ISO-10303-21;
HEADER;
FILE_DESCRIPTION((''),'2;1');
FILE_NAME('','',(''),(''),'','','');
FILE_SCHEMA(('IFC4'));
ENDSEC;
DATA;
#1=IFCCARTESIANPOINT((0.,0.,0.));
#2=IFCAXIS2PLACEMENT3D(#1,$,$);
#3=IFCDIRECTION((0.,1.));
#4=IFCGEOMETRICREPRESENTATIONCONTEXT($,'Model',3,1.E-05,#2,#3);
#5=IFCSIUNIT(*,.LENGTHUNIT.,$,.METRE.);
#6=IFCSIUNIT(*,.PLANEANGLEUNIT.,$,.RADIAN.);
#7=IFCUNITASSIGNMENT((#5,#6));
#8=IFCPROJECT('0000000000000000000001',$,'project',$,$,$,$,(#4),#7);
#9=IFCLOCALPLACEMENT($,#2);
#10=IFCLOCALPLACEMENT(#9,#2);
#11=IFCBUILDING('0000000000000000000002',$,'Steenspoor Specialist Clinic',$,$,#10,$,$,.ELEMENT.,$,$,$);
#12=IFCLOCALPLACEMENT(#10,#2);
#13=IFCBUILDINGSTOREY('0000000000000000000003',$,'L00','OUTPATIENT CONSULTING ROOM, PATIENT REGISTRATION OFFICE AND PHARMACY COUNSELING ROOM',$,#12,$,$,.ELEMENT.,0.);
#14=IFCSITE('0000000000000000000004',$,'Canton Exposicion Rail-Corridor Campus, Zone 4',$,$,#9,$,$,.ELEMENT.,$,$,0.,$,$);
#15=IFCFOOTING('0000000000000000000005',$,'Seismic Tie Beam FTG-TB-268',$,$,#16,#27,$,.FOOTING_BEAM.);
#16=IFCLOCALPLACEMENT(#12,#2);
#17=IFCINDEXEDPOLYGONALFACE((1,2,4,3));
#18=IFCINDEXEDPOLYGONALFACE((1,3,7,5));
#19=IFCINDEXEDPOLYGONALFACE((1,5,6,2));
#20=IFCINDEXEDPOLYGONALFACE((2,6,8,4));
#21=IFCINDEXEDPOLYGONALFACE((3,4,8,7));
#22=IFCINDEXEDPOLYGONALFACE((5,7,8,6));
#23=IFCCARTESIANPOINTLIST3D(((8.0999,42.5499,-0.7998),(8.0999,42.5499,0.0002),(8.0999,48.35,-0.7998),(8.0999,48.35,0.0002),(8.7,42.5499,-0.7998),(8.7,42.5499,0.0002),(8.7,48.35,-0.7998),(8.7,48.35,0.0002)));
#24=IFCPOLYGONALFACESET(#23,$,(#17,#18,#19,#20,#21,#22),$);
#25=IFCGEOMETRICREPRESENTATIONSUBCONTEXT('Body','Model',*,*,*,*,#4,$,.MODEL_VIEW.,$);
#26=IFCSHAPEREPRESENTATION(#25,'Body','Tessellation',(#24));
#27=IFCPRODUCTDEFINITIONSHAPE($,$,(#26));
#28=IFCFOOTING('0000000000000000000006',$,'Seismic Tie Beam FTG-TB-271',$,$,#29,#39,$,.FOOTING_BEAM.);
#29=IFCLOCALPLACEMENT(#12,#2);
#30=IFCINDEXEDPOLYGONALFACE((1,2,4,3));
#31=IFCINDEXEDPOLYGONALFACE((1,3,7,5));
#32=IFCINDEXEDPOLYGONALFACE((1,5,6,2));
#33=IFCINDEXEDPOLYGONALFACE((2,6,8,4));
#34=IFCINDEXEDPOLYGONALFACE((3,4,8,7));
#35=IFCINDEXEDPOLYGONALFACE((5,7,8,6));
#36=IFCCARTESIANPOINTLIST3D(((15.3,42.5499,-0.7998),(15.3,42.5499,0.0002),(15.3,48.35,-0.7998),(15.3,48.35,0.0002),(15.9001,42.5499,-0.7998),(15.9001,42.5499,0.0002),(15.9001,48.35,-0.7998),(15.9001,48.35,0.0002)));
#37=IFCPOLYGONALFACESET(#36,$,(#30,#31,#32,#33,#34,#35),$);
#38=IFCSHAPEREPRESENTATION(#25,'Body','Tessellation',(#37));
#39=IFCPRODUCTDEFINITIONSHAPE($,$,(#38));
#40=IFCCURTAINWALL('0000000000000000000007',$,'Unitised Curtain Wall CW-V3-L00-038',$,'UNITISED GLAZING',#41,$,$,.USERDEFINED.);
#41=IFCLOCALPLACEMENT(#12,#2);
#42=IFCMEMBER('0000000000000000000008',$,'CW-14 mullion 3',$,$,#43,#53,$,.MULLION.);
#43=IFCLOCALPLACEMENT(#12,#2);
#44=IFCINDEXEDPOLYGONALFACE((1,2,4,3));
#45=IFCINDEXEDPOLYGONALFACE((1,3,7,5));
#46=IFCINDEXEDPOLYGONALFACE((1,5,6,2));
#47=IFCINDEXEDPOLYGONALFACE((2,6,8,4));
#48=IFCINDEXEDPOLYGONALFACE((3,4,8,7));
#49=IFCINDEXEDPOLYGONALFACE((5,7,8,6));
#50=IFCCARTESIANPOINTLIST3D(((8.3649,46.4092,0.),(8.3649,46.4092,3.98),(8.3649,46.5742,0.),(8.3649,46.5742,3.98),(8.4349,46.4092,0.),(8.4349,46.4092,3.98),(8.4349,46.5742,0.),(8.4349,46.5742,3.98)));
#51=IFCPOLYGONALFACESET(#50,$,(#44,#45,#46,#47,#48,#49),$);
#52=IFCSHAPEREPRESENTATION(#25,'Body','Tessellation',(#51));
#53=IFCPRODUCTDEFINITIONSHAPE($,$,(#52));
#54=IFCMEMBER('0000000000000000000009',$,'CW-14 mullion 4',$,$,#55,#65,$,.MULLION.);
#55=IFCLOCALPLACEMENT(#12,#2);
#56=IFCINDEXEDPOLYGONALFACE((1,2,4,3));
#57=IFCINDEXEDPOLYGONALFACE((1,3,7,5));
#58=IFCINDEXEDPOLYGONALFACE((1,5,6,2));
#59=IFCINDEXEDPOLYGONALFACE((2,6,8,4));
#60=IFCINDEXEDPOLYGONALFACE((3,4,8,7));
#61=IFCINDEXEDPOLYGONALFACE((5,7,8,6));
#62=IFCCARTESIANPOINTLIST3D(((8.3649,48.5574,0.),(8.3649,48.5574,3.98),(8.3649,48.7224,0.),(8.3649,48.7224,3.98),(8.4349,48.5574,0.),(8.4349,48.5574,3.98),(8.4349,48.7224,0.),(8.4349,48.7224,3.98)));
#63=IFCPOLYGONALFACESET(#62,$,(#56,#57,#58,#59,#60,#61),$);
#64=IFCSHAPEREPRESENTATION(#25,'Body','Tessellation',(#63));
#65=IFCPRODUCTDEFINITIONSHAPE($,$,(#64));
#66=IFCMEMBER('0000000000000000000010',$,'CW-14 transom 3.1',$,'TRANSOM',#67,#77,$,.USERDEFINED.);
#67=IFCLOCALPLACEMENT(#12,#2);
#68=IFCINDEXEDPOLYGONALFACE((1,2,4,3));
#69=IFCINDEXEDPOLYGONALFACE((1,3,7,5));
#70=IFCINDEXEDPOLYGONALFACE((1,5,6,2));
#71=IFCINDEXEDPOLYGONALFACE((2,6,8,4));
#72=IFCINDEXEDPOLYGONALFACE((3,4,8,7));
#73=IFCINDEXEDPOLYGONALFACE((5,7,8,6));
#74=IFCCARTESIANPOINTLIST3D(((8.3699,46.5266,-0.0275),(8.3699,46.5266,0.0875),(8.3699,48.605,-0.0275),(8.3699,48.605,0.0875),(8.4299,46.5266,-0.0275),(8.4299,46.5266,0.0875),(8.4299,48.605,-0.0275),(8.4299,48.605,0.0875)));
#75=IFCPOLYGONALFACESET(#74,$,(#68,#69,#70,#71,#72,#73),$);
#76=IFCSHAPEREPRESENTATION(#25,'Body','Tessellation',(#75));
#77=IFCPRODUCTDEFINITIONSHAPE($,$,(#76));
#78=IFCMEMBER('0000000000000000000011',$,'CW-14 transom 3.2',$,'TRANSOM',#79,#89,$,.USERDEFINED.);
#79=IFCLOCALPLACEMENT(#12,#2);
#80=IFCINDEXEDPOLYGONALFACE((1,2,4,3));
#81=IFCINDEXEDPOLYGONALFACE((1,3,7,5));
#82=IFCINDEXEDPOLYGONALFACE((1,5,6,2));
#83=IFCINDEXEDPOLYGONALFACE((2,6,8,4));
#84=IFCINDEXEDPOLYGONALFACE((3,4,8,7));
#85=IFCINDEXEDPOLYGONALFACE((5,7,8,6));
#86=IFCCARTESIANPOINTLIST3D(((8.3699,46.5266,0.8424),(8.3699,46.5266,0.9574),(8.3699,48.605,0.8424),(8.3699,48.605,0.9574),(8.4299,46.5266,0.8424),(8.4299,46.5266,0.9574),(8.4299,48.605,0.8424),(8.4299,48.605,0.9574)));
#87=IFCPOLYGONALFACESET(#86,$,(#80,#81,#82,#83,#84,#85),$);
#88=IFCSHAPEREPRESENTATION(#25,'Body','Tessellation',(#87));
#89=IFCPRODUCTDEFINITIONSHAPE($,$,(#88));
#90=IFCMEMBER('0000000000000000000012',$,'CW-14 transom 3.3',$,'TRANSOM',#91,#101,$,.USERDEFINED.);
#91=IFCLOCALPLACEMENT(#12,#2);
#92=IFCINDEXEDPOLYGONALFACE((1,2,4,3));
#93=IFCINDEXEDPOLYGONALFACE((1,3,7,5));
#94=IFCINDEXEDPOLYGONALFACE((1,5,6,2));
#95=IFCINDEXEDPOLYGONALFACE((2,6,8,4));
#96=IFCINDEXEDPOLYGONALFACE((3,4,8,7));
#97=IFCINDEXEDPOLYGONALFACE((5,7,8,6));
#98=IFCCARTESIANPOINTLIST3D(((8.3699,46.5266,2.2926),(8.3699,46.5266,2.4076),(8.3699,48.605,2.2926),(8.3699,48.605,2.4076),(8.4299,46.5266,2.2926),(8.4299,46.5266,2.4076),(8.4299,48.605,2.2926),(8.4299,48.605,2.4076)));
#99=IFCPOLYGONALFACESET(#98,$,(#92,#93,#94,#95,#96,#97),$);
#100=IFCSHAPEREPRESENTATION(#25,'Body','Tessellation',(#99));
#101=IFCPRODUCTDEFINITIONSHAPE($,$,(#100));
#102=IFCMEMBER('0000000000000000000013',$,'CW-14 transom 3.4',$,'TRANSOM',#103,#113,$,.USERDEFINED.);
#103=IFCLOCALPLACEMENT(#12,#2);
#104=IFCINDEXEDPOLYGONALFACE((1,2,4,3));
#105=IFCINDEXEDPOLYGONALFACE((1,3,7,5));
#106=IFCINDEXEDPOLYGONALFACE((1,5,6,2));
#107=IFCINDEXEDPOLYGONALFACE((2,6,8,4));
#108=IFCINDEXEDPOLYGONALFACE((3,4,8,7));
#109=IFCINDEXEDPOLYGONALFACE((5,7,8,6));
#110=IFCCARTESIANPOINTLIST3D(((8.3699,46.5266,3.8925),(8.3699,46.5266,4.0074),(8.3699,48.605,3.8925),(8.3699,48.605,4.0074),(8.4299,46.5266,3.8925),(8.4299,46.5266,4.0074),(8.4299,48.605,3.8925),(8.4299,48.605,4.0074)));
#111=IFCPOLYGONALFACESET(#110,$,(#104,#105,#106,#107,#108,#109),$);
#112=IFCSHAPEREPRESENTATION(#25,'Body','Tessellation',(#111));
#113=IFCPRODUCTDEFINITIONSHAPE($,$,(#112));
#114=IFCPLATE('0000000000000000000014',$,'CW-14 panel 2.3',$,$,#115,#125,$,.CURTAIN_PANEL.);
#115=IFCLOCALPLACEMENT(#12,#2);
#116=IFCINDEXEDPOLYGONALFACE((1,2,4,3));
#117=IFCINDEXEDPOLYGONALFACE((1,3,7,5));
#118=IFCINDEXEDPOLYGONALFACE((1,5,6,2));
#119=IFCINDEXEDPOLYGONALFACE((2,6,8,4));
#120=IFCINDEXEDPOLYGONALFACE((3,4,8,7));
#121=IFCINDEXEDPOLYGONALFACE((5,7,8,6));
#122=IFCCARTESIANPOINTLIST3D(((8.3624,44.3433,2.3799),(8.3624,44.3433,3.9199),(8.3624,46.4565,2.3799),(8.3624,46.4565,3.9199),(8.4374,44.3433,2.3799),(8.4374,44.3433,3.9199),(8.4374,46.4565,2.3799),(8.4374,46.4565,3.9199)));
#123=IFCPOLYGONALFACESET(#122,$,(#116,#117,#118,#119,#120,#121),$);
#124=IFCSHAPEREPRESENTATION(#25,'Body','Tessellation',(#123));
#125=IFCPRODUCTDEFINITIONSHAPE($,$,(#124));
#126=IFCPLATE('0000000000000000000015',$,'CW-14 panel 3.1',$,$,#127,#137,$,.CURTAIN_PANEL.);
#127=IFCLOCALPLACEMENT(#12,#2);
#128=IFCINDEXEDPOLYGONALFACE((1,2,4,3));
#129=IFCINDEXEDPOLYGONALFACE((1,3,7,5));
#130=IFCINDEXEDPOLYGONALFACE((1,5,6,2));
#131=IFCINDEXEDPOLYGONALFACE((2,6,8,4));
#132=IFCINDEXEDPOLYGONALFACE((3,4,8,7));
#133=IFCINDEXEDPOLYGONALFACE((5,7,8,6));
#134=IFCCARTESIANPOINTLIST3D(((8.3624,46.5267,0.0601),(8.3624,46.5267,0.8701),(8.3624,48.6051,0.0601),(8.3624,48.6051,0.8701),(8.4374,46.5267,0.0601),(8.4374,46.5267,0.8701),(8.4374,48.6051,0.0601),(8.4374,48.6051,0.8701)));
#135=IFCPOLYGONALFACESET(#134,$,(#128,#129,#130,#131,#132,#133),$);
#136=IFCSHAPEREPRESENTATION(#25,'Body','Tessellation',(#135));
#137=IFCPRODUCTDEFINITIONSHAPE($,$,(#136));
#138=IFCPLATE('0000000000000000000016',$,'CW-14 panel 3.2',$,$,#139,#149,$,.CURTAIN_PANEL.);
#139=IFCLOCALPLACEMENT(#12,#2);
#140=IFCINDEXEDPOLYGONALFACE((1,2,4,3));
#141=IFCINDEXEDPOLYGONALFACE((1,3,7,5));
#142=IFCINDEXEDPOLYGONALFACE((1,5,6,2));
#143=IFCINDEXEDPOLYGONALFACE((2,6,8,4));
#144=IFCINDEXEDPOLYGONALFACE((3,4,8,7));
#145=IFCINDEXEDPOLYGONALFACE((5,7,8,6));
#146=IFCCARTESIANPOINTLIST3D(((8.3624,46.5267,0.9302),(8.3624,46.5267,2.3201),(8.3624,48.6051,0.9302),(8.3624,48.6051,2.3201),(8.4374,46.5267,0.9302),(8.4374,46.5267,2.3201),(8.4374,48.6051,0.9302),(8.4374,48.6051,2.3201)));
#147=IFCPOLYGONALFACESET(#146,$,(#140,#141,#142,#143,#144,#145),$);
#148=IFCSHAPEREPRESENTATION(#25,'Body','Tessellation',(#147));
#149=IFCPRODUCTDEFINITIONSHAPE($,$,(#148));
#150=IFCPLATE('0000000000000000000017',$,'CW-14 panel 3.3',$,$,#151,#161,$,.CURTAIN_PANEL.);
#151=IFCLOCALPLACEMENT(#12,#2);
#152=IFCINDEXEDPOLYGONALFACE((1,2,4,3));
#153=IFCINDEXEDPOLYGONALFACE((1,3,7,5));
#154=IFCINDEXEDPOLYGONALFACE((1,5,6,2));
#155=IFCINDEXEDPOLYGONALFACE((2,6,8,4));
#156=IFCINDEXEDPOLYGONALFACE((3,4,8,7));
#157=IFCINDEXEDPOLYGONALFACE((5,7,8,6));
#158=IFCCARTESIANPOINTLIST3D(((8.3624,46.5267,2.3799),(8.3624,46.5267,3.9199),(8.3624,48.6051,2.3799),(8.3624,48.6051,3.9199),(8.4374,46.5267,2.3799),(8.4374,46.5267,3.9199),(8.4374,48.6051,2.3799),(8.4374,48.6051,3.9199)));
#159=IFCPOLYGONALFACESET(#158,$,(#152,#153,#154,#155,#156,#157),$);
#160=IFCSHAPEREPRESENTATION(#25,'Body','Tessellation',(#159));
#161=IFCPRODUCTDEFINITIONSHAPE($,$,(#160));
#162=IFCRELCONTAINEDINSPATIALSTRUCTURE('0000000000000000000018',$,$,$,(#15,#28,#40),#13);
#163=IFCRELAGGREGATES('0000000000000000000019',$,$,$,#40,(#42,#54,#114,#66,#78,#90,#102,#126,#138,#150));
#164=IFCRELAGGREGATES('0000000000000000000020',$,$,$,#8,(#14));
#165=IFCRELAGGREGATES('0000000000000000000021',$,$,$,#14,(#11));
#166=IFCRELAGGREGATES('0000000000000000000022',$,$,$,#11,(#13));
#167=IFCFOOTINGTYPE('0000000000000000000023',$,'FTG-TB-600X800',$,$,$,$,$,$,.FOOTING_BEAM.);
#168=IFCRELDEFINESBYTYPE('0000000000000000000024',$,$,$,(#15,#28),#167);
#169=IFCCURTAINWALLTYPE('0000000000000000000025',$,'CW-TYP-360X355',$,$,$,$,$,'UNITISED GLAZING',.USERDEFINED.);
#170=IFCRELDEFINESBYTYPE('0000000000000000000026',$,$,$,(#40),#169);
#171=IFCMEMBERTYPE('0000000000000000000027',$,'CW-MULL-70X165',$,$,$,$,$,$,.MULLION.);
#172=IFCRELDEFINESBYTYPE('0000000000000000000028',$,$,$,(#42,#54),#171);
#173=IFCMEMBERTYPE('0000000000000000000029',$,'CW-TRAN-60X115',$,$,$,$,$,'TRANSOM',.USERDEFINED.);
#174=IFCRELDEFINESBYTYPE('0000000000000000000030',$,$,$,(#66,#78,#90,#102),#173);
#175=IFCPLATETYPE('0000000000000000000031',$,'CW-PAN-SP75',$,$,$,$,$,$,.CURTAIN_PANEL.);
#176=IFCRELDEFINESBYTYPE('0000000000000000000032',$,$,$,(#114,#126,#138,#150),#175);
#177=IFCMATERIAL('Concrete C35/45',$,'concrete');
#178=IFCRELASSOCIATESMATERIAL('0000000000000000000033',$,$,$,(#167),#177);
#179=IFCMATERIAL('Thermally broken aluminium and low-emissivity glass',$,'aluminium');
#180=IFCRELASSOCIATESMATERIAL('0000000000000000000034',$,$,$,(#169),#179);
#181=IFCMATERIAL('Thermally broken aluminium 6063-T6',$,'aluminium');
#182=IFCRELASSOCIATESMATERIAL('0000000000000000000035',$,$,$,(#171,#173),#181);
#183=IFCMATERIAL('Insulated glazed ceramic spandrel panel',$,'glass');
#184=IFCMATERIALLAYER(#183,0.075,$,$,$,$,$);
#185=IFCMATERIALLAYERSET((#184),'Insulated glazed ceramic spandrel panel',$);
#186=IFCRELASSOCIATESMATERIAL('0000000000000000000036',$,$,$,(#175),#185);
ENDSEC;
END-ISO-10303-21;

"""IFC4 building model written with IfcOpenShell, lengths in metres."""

from ifc_helpers import new_model, si_unit, direction, frame, origin, origin_2d, place, context, subcontext, project, spatial, rectangle, extrude, material, layer, layer_set, material_profile, profile_set, type_object, element, aggregate, save


model = new_model("IFC4")

# Units and contexts
model_context = context("Model", 3, precision=1e-05, world=origin(), true_north=direction((0.0, 1.0)))
body_context = subcontext(model_context, "Body", "Model", "MODEL_VIEW")
ifc_project = project(units=[si_unit("LENGTHUNIT", "METRE"), si_unit("PLANEANGLEUNIT", "RADIAN")], contexts=[model_context])

# Site, building, storey
site_placement = place(None, origin())
site = spatial("IfcSite", under=ifc_project, at=site_placement, Name="Canton Exposicion Rail-Corridor Campus, Zone 4", CompositionType="ELEMENT", RefElevation=0.0)
building_placement = place(site_placement, origin())
building = spatial("IfcBuilding", under=site, at=building_placement, Name="Steenspoor Specialist Clinic", CompositionType="ELEMENT")
storey_placement = place(building_placement, origin())
storey = spatial("IfcBuildingStorey", under=building, at=storey_placement, Name="L00", Description="OUTPATIENT CONSULTING ROOM, PATIENT REGISTRATION OFFICE AND PHARMACY COUNSELING ROOM", CompositionType="ELEMENT", Elevation=0.0)

# Footings
ifc_material_1 = material(Name="Concrete C35/45", Category="concrete")
footing_type = type_object("IfcFootingType", Name="FTG-TB-600X800", PredefinedType="FOOTING_BEAM", material=ifc_material_1)
for number, where, z_axis, x_axis, name in (
    (1, (8.3999, 45.45, -0.7998), (0.0, 0.0, 1.0), (1.0, 0.0, 0.0), "Seismic Tie Beam FTG-TB-268"),
    (2, (15.6001, 45.45, -0.7998), (0.0, 0.0, 1.0), (1.0, 0.0, 0.0), "Seismic Tie Beam FTG-TB-271"),
):
    element("IfcFooting", number, at=place(storey_placement, frame(where, z_axis=z_axis, x_axis=x_axis)), inside=storey, type_object=footing_type, Name=name, PredefinedType="FOOTING_BEAM", context=body_context, shape_type="SweptSolid", body=[
        extrude(rectangle(XDim=0.6001, YDim=5.8, at=origin_2d()), origin(), (0.0, 0.0, 1.0), 0.8),
    ])

# Curtain wall, members, plates
ifc_material_2 = material(Name="Thermally broken aluminium and low-emissivity glass", Category="aluminium")
curtain_wall_type = type_object("IfcCurtainWallType", Name="CW-TYP-360X355", ElementType="UNITISED GLAZING", PredefinedType="USERDEFINED", material=ifc_material_2)
curtain_wall_placement = place(storey_placement, origin())
curtain_wall = element("IfcCurtainWall", 3, at=curtain_wall_placement, inside=storey, type_object=curtain_wall_type, Name="Unitised Curtain Wall CW-V3-L00-038", ObjectType="UNITISED GLAZING", PredefinedType="USERDEFINED")
ifc_material_3 = material(Name="Thermally broken aluminium 6063-T6", Category="aluminium")
ifc_material_profile_1 = material_profile(ifc_material_3, rectangle(XDim=0.0701, YDim=0.165, at=origin_2d()), Name="CWM-70X165")
ifc_profile_set_1 = profile_set([ifc_material_profile_1], Name="Thermally broken aluminium 6063-T6")
member_type_1 = type_object("IfcMemberType", Name="CW-MULL-70X165", PredefinedType="MULLION", material=ifc_profile_set_1)
member_1_placement = place(storey_placement, frame((8.3999, 46.4917, 0.0), z_axis=(0.0, 0.0, 1.0), x_axis=(-1.0, 0.0, 0.0)))
member_1 = element("IfcMember", 4, at=member_1_placement, type_object=member_type_1, Name="CW-14 mullion 3", PredefinedType="MULLION", context=body_context, shape_type="SweptSolid", body=[
    extrude(rectangle(XDim=0.0701, YDim=0.165, at=origin_2d()), origin(), (0.0, 0.0, 1.0), 3.98),
])
member_2_placement = place(storey_placement, frame((8.3999, 48.6399, 0.0), z_axis=(0.0, 0.0, 1.0), x_axis=(-1.0, 0.0, 0.0)))
member_2 = element("IfcMember", 5, at=member_2_placement, type_object=member_type_1, Name="CW-14 mullion 4", PredefinedType="MULLION", context=body_context, shape_type="SweptSolid", body=[
    extrude(rectangle(XDim=0.0701, YDim=0.165, at=origin_2d()), origin(), (0.0, 0.0, 1.0), 3.98),
])
ifc_material_profile_2 = material_profile(ifc_material_3, rectangle(XDim=0.0601, YDim=0.115, at=origin_2d()), Name="CWT-60X115")
ifc_profile_set_2 = profile_set([ifc_material_profile_2], Name="Thermally broken aluminium 6063-T6")
member_type_2 = type_object("IfcMemberType", Name="CW-TRAN-60X115", ElementType="TRANSOM", PredefinedType="USERDEFINED", material=ifc_profile_set_2)
member_3_placement = place(storey_placement, frame((8.3999, 46.5266, 0.03), z_axis=(0.0, 1.0, 0.0), x_axis=(-1.0, 0.0, 0.0)))
member_3 = element("IfcMember", 6, at=member_3_placement, type_object=member_type_2, Name="CW-14 transom 3.1", ObjectType="TRANSOM", PredefinedType="USERDEFINED", context=body_context, shape_type="SweptSolid", body=[
    extrude(rectangle(XDim=0.0601, YDim=0.115, at=origin_2d()), origin(), (0.0, 0.0, 1.0), 2.0784),
])
member_4_placement = place(storey_placement, frame((8.3999, 46.5266, 0.8999), z_axis=(0.0, 1.0, 0.0), x_axis=(-1.0, 0.0, 0.0)))
member_4 = element("IfcMember", 7, at=member_4_placement, type_object=member_type_2, Name="CW-14 transom 3.2", ObjectType="TRANSOM", PredefinedType="USERDEFINED", context=body_context, shape_type="SweptSolid", body=[
    extrude(rectangle(XDim=0.0601, YDim=0.115, at=origin_2d()), origin(), (0.0, 0.0, 1.0), 2.0784),
])
member_5_placement = place(storey_placement, frame((8.3999, 46.5266, 2.3501), z_axis=(0.0, 1.0, 0.0), x_axis=(-1.0, 0.0, 0.0)))
member_5 = element("IfcMember", 8, at=member_5_placement, type_object=member_type_2, Name="CW-14 transom 3.3", ObjectType="TRANSOM", PredefinedType="USERDEFINED", context=body_context, shape_type="SweptSolid", body=[
    extrude(rectangle(XDim=0.0601, YDim=0.115, at=origin_2d()), origin(), (0.0, 0.0, 1.0), 2.0784),
])
member_6_placement = place(storey_placement, frame((8.3999, 46.5266, 3.95), z_axis=(0.0, 1.0, 0.0), x_axis=(-1.0, 0.0, 0.0)))
member_6 = element("IfcMember", 9, at=member_6_placement, type_object=member_type_2, Name="CW-14 transom 3.4", ObjectType="TRANSOM", PredefinedType="USERDEFINED", context=body_context, shape_type="SweptSolid", body=[
    extrude(rectangle(XDim=0.0601, YDim=0.115, at=origin_2d()), origin(), (0.0, 0.0, 1.0), 2.0784),
])
ifc_material_4 = material(Name="Insulated glazed ceramic spandrel panel", Category="glass")
ifc_layer_1 = layer(ifc_material_4, 0.075)
ifc_layer_set_1 = layer_set([ifc_layer_1], Name="Insulated glazed ceramic spandrel panel")
plate_type = type_object("IfcPlateType", Name="CW-PAN-SP75", PredefinedType="CURTAIN_PANEL", material=ifc_layer_set_1)
plate_1_placement = place(storey_placement, frame((8.3999, 45.3999, 2.3799), z_axis=(0.0, 0.0, 1.0), x_axis=(0.0, 1.0, 0.0)))
plate_1 = element("IfcPlate", 10, at=plate_1_placement, type_object=plate_type, Name="CW-14 panel 2.3", PredefinedType="CURTAIN_PANEL", context=body_context, shape_type="SweptSolid", body=[
    extrude(rectangle(XDim=2.1133, YDim=0.075, at=origin_2d()), origin(), (0.0, 0.0, 1.0), 1.54),
])
plate_2_placement = place(storey_placement, frame((8.3999, 47.5659, 0.0601), z_axis=(0.0, 0.0, 1.0), x_axis=(0.0, 1.0, 0.0)))
plate_2 = element("IfcPlate", 11, at=plate_2_placement, type_object=plate_type, Name="CW-14 panel 3.1", PredefinedType="CURTAIN_PANEL", context=body_context, shape_type="SweptSolid", body=[
    extrude(rectangle(XDim=2.0784, YDim=0.075, at=origin_2d()), origin(), (0.0, 0.0, 1.0), 0.8101),
])
plate_3_placement = place(storey_placement, frame((8.3999, 47.5659, 0.9302), z_axis=(0.0, 0.0, 1.0), x_axis=(0.0, 1.0, 0.0)))
plate_3 = element("IfcPlate", 12, at=plate_3_placement, type_object=plate_type, Name="CW-14 panel 3.2", PredefinedType="CURTAIN_PANEL", context=body_context, shape_type="SweptSolid", body=[
    extrude(rectangle(XDim=2.0784, YDim=0.075, at=origin_2d()), origin(), (0.0, 0.0, 1.0), 1.3899),
])
plate_4_placement = place(storey_placement, frame((8.3999, 47.5659, 2.3799), z_axis=(0.0, 0.0, 1.0), x_axis=(0.0, 1.0, 0.0)))
plate_4 = element("IfcPlate", 13, at=plate_4_placement, type_object=plate_type, Name="CW-14 panel 3.3", PredefinedType="CURTAIN_PANEL", context=body_context, shape_type="SweptSolid", body=[
    extrude(rectangle(XDim=2.0784, YDim=0.075, at=origin_2d()), origin(), (0.0, 0.0, 1.0), 1.54),
])
aggregate(curtain_wall, [member_1, member_2, plate_1, member_3, member_4, member_5, member_6, plate_2, plate_3, plate_4])

save(model, "model.ifc")
